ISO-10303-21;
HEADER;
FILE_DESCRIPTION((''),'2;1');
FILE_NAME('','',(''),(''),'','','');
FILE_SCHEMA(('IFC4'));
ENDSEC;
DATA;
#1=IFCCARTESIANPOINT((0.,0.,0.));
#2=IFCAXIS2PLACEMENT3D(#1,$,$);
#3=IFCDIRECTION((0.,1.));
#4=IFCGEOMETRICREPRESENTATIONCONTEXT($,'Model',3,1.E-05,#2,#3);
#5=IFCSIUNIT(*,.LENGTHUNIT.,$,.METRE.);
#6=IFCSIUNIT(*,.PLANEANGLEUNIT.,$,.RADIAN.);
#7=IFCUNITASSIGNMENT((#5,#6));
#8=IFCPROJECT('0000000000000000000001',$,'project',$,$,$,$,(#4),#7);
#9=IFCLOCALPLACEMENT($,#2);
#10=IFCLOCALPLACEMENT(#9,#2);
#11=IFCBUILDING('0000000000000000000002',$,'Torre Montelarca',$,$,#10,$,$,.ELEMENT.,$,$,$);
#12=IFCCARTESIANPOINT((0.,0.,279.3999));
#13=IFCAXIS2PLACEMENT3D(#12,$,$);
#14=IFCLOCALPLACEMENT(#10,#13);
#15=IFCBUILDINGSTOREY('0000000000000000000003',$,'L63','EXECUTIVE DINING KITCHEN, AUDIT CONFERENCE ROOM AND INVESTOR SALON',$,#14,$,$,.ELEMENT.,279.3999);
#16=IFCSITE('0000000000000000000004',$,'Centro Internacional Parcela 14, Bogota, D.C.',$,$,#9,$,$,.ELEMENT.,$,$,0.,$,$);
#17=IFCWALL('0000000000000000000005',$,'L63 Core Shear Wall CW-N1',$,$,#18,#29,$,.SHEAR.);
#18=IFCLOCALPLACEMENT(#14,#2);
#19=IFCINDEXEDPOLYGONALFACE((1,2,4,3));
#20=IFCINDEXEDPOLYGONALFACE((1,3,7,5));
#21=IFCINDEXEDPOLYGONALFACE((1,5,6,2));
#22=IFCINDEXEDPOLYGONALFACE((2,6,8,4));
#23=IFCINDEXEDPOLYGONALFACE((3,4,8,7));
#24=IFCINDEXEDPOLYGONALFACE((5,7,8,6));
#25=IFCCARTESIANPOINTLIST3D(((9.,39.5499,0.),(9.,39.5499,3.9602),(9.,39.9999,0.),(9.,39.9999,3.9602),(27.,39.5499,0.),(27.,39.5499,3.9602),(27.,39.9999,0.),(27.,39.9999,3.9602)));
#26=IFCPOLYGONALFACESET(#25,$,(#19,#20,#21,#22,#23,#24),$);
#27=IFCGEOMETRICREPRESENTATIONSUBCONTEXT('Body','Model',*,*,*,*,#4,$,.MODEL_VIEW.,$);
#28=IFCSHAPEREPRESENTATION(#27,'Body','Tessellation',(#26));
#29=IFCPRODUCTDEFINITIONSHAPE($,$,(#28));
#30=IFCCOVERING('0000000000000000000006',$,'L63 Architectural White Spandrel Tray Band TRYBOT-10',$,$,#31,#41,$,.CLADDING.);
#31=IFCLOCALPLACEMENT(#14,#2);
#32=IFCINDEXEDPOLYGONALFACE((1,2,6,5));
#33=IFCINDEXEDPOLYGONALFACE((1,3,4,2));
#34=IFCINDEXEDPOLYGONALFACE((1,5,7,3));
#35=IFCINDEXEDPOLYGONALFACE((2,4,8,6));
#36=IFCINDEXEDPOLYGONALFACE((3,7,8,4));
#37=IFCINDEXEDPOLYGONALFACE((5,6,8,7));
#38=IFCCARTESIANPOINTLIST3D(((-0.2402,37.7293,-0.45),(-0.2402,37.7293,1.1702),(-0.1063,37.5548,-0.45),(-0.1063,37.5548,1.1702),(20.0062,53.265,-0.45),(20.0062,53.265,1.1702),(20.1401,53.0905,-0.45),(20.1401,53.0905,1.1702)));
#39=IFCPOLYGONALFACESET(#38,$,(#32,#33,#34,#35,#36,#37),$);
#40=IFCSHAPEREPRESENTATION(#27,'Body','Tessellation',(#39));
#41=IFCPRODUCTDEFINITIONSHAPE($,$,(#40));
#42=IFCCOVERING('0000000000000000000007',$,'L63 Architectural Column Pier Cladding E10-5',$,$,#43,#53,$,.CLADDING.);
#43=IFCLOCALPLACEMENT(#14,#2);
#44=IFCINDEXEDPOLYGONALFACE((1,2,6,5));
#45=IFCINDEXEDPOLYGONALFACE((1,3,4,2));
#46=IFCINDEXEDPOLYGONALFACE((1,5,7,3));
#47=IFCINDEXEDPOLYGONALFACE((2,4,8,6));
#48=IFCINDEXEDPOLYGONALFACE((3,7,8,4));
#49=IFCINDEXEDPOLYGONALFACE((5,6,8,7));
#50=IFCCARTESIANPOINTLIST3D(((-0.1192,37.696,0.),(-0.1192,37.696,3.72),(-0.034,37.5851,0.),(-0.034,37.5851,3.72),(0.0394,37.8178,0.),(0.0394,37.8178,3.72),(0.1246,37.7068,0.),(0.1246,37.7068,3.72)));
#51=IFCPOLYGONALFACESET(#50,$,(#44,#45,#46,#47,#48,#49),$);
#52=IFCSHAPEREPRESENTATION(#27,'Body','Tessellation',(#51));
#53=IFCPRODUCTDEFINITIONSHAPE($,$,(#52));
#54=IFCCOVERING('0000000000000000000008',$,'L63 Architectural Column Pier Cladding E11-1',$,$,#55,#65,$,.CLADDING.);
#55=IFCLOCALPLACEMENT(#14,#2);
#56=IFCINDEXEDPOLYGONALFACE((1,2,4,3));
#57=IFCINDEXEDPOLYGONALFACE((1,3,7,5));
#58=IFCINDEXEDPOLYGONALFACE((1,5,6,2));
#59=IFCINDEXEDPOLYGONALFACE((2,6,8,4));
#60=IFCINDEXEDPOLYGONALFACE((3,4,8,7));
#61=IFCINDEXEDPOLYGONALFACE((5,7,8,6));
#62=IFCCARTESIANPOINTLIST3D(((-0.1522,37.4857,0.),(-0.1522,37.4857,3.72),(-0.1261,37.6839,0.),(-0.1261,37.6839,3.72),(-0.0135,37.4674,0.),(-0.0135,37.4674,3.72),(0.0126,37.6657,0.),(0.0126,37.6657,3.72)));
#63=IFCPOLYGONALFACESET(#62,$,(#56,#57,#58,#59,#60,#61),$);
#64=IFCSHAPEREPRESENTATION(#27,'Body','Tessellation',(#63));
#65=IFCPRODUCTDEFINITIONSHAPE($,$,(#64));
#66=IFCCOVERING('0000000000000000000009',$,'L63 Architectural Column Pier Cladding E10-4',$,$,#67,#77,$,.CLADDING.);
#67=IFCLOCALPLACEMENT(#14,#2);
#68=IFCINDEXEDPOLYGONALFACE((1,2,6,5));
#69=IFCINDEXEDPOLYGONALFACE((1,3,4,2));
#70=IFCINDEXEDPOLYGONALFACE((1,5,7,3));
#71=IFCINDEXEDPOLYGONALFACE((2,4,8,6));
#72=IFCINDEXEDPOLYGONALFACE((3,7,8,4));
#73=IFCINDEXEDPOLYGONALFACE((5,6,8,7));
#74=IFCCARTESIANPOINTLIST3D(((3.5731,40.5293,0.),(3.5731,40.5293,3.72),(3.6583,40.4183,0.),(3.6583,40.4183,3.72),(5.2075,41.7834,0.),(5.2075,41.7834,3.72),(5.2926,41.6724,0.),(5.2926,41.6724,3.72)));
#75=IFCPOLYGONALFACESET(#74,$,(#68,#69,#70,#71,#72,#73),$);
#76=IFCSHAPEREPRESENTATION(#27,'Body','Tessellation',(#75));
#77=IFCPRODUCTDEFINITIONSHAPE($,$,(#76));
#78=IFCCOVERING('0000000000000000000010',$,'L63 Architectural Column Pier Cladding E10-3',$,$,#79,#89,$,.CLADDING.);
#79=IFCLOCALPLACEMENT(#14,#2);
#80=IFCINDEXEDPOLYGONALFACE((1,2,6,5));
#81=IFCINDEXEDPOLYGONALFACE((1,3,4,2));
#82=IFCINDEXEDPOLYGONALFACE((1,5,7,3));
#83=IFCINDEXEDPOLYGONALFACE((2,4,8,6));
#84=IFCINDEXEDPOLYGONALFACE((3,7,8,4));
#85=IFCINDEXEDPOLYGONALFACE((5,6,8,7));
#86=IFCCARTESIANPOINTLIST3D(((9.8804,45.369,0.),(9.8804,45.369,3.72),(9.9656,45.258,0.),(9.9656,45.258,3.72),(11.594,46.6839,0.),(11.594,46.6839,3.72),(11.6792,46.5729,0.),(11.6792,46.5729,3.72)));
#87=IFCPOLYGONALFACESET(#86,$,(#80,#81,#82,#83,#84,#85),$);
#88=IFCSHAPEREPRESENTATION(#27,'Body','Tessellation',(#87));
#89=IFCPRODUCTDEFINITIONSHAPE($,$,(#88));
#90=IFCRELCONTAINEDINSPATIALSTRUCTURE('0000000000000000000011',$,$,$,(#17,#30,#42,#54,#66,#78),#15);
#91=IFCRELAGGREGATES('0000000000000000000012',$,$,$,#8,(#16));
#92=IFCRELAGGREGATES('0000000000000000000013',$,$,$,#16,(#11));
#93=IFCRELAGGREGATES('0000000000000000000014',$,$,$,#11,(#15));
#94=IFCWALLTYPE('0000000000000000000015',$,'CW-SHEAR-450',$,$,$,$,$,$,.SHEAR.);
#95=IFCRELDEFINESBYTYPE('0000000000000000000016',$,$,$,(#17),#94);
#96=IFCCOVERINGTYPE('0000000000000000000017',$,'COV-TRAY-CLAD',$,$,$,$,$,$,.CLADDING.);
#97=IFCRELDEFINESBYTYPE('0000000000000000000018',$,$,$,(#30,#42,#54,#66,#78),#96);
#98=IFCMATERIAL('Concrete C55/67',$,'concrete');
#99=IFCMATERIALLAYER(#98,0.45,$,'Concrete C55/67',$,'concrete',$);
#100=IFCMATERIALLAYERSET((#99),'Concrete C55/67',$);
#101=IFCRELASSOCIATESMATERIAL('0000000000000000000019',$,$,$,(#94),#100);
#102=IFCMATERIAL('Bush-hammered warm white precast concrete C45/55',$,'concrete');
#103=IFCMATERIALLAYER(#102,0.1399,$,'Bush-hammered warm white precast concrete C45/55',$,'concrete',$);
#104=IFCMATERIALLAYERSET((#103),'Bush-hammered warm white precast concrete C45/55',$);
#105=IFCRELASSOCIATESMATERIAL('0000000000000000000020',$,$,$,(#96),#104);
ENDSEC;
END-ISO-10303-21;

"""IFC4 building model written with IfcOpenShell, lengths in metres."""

from ifc_helpers import new_model, si_unit, direction, frame, frame_2d, origin, origin_2d, place, context, subcontext, project, spatial, rectangle, extrude, source, transform, mapped, material, layer, layer_set, type_object, element, save


model = new_model("IFC4")

# Units and contexts
model_context = context("Model", 3, precision=1e-05, world=origin(), true_north=direction((0.0, 1.0)))
body_context = subcontext(model_context, "Body", "Model", "MODEL_VIEW")
ifc_project = project(units=[si_unit("LENGTHUNIT", "METRE"), si_unit("PLANEANGLEUNIT", "RADIAN")], contexts=[model_context])

# Site, building, storey
site_placement = place(None, origin())
site = spatial("IfcSite", under=ifc_project, at=site_placement, Name="Centro Internacional Parcela 14, Bogota, D.C.", CompositionType="ELEMENT", RefElevation=0.0)
building_placement = place(site_placement, origin())
building = spatial("IfcBuilding", under=site, at=building_placement, Name="Torre Montelarca", CompositionType="ELEMENT")
storey_placement = place(building_placement, frame((0.0, 0.0, 279.3999)))
storey = spatial("IfcBuildingStorey", under=building, at=storey_placement, Name="L63", Description="EXECUTIVE DINING KITCHEN, AUDIT CONFERENCE ROOM AND INVESTOR SALON", CompositionType="ELEMENT", Elevation=279.3999)

# Shared definitions
ifc_material_1 = material(Name="Concrete C55/67", Category="concrete")

# Wall
ifc_layer_1 = layer(ifc_material_1, 0.45, Name="Concrete C55/67", Category="concrete")
ifc_layer_set_1 = layer_set([ifc_layer_1], Name="Concrete C55/67")
wall_type_1 = type_object("IfcWallType", Name="CW-SHEAR-450", PredefinedType="SHEAR", material=ifc_layer_set_1)
wall_1_placement = place(storey_placement, frame((9.0, 39.7749, 0.0), z_axis=(0.0, 0.0, 1.0), x_axis=(1.0, 0.0, 0.0)))
element("IfcWall", 1, at=wall_1_placement, inside=storey, type_object=wall_type_1, Name="L63 Core Shear Wall CW-N1", PredefinedType="SHEAR", context=body_context, shape_type="SweptSolid", body=[
    extrude(rectangle(XDim=18.0, YDim=0.45, at=frame_2d((9.0, 0.0))), origin(), (0.0, 0.0, 1.0), 3.9602),
])

# Coverings
ifc_material_2 = material(Name="Bush-hammered warm white precast concrete C45/55", Category="concrete")
ifc_layer_2 = layer(ifc_material_2, 0.1399, Name="Bush-hammered warm white precast concrete C45/55", Category="concrete")
ifc_layer_set_2 = layer_set([ifc_layer_2], Name="Bush-hammered warm white precast concrete C45/55")
covering_type = type_object("IfcCoveringType", Name="COV-TRAY-CLAD", PredefinedType="CLADDING", material=ifc_layer_set_2)
shared_shape_1 = source(origin(), body_context, "Body", "SweptSolid", [
    extrude(rectangle(XDim=25.52, YDim=0.22, at=origin_2d()), origin(), (0.0, 0.0, 1.0), 1.6201),
])
covering_1_placement = place(storey_placement, frame((9.95, 45.4099, -0.45), z_axis=(0.0, 0.0, 1.0), x_axis=(-0.793352, -0.608763, 0.0)))
element("IfcCovering", 2, at=covering_1_placement, inside=storey, type_object=covering_type, Name="L63 Architectural White Spandrel Tray Band TRYBOT-10", PredefinedType="CLADDING", context=body_context, shape_type="MappedRepresentation", body=[
    mapped(shared_shape_1, transform((0.0, 0.0, 0.0), scale=1.0)),
])
shared_shape_2 = source(origin(), body_context, "Body", "SweptSolid", [
    extrude(rectangle(XDim=0.2, YDim=0.1399, at=origin_2d()), origin(), (0.0, 0.0, 1.0), 3.72),
])
for number, where, z_axis, x_axis, name in (
    (3, (0.0027, 37.7014, 0.0), (0.0, 0.0, 1.0), (-0.793351, -0.608764, 0.0), "L63 Architectural Column Pier Cladding E10-5"),
    (4, (-0.0698, 37.5757, 0.0), (0.0, 0.0, 1.0), (-0.130531, -0.991444, 0.0), "L63 Architectural Column Pier Cladding E11-1"),
):
    element("IfcCovering", number, at=place(storey_placement, frame(where, z_axis=z_axis, x_axis=x_axis)), inside=storey, type_object=covering_type, Name=name, PredefinedType="CLADDING", context=body_context, shape_type="MappedRepresentation", body=[
        mapped(shared_shape_2, transform((0.0, 0.0, 0.0), scale=1.0)),
    ])
shared_shape_3 = source(origin(), body_context, "Body", "SweptSolid", [
    extrude(rectangle(XDim=2.0601, YDim=0.1399, at=origin_2d()), origin(), (0.0, 0.0, 1.0), 3.72),
])
covering_2_placement = place(storey_placement, frame((4.4329, 41.1008, 0.0), z_axis=(0.0, 0.0, 1.0), x_axis=(-0.793351, -0.608764, 0.0)))
element("IfcCovering", 5, at=covering_2_placement, inside=storey, type_object=covering_type, Name="L63 Architectural Column Pier Cladding E10-4", PredefinedType="CLADDING", context=body_context, shape_type="MappedRepresentation", body=[
    mapped(shared_shape_3, transform((0.0, 0.0, 0.0), scale=1.0)),
])
shared_shape_4 = source(origin(), body_context, "Body", "SweptSolid", [
    extrude(rectangle(XDim=2.1599, YDim=0.1399, at=origin_2d()), origin(), (0.0, 0.0, 1.0), 3.72),
])
covering_3_placement = place(storey_placement, frame((10.7798, 45.9709, 0.0), z_axis=(0.0, 0.0, 1.0), x_axis=(-0.793351, -0.608764, 0.0)))
element("IfcCovering", 6, at=covering_3_placement, inside=storey, type_object=covering_type, Name="L63 Architectural Column Pier Cladding E10-3", PredefinedType="CLADDING", context=body_context, shape_type="MappedRepresentation", body=[
    mapped(shared_shape_4, transform((0.0, 0.0, 0.0), scale=1.0)),
])

save(model, "model.ifc")
